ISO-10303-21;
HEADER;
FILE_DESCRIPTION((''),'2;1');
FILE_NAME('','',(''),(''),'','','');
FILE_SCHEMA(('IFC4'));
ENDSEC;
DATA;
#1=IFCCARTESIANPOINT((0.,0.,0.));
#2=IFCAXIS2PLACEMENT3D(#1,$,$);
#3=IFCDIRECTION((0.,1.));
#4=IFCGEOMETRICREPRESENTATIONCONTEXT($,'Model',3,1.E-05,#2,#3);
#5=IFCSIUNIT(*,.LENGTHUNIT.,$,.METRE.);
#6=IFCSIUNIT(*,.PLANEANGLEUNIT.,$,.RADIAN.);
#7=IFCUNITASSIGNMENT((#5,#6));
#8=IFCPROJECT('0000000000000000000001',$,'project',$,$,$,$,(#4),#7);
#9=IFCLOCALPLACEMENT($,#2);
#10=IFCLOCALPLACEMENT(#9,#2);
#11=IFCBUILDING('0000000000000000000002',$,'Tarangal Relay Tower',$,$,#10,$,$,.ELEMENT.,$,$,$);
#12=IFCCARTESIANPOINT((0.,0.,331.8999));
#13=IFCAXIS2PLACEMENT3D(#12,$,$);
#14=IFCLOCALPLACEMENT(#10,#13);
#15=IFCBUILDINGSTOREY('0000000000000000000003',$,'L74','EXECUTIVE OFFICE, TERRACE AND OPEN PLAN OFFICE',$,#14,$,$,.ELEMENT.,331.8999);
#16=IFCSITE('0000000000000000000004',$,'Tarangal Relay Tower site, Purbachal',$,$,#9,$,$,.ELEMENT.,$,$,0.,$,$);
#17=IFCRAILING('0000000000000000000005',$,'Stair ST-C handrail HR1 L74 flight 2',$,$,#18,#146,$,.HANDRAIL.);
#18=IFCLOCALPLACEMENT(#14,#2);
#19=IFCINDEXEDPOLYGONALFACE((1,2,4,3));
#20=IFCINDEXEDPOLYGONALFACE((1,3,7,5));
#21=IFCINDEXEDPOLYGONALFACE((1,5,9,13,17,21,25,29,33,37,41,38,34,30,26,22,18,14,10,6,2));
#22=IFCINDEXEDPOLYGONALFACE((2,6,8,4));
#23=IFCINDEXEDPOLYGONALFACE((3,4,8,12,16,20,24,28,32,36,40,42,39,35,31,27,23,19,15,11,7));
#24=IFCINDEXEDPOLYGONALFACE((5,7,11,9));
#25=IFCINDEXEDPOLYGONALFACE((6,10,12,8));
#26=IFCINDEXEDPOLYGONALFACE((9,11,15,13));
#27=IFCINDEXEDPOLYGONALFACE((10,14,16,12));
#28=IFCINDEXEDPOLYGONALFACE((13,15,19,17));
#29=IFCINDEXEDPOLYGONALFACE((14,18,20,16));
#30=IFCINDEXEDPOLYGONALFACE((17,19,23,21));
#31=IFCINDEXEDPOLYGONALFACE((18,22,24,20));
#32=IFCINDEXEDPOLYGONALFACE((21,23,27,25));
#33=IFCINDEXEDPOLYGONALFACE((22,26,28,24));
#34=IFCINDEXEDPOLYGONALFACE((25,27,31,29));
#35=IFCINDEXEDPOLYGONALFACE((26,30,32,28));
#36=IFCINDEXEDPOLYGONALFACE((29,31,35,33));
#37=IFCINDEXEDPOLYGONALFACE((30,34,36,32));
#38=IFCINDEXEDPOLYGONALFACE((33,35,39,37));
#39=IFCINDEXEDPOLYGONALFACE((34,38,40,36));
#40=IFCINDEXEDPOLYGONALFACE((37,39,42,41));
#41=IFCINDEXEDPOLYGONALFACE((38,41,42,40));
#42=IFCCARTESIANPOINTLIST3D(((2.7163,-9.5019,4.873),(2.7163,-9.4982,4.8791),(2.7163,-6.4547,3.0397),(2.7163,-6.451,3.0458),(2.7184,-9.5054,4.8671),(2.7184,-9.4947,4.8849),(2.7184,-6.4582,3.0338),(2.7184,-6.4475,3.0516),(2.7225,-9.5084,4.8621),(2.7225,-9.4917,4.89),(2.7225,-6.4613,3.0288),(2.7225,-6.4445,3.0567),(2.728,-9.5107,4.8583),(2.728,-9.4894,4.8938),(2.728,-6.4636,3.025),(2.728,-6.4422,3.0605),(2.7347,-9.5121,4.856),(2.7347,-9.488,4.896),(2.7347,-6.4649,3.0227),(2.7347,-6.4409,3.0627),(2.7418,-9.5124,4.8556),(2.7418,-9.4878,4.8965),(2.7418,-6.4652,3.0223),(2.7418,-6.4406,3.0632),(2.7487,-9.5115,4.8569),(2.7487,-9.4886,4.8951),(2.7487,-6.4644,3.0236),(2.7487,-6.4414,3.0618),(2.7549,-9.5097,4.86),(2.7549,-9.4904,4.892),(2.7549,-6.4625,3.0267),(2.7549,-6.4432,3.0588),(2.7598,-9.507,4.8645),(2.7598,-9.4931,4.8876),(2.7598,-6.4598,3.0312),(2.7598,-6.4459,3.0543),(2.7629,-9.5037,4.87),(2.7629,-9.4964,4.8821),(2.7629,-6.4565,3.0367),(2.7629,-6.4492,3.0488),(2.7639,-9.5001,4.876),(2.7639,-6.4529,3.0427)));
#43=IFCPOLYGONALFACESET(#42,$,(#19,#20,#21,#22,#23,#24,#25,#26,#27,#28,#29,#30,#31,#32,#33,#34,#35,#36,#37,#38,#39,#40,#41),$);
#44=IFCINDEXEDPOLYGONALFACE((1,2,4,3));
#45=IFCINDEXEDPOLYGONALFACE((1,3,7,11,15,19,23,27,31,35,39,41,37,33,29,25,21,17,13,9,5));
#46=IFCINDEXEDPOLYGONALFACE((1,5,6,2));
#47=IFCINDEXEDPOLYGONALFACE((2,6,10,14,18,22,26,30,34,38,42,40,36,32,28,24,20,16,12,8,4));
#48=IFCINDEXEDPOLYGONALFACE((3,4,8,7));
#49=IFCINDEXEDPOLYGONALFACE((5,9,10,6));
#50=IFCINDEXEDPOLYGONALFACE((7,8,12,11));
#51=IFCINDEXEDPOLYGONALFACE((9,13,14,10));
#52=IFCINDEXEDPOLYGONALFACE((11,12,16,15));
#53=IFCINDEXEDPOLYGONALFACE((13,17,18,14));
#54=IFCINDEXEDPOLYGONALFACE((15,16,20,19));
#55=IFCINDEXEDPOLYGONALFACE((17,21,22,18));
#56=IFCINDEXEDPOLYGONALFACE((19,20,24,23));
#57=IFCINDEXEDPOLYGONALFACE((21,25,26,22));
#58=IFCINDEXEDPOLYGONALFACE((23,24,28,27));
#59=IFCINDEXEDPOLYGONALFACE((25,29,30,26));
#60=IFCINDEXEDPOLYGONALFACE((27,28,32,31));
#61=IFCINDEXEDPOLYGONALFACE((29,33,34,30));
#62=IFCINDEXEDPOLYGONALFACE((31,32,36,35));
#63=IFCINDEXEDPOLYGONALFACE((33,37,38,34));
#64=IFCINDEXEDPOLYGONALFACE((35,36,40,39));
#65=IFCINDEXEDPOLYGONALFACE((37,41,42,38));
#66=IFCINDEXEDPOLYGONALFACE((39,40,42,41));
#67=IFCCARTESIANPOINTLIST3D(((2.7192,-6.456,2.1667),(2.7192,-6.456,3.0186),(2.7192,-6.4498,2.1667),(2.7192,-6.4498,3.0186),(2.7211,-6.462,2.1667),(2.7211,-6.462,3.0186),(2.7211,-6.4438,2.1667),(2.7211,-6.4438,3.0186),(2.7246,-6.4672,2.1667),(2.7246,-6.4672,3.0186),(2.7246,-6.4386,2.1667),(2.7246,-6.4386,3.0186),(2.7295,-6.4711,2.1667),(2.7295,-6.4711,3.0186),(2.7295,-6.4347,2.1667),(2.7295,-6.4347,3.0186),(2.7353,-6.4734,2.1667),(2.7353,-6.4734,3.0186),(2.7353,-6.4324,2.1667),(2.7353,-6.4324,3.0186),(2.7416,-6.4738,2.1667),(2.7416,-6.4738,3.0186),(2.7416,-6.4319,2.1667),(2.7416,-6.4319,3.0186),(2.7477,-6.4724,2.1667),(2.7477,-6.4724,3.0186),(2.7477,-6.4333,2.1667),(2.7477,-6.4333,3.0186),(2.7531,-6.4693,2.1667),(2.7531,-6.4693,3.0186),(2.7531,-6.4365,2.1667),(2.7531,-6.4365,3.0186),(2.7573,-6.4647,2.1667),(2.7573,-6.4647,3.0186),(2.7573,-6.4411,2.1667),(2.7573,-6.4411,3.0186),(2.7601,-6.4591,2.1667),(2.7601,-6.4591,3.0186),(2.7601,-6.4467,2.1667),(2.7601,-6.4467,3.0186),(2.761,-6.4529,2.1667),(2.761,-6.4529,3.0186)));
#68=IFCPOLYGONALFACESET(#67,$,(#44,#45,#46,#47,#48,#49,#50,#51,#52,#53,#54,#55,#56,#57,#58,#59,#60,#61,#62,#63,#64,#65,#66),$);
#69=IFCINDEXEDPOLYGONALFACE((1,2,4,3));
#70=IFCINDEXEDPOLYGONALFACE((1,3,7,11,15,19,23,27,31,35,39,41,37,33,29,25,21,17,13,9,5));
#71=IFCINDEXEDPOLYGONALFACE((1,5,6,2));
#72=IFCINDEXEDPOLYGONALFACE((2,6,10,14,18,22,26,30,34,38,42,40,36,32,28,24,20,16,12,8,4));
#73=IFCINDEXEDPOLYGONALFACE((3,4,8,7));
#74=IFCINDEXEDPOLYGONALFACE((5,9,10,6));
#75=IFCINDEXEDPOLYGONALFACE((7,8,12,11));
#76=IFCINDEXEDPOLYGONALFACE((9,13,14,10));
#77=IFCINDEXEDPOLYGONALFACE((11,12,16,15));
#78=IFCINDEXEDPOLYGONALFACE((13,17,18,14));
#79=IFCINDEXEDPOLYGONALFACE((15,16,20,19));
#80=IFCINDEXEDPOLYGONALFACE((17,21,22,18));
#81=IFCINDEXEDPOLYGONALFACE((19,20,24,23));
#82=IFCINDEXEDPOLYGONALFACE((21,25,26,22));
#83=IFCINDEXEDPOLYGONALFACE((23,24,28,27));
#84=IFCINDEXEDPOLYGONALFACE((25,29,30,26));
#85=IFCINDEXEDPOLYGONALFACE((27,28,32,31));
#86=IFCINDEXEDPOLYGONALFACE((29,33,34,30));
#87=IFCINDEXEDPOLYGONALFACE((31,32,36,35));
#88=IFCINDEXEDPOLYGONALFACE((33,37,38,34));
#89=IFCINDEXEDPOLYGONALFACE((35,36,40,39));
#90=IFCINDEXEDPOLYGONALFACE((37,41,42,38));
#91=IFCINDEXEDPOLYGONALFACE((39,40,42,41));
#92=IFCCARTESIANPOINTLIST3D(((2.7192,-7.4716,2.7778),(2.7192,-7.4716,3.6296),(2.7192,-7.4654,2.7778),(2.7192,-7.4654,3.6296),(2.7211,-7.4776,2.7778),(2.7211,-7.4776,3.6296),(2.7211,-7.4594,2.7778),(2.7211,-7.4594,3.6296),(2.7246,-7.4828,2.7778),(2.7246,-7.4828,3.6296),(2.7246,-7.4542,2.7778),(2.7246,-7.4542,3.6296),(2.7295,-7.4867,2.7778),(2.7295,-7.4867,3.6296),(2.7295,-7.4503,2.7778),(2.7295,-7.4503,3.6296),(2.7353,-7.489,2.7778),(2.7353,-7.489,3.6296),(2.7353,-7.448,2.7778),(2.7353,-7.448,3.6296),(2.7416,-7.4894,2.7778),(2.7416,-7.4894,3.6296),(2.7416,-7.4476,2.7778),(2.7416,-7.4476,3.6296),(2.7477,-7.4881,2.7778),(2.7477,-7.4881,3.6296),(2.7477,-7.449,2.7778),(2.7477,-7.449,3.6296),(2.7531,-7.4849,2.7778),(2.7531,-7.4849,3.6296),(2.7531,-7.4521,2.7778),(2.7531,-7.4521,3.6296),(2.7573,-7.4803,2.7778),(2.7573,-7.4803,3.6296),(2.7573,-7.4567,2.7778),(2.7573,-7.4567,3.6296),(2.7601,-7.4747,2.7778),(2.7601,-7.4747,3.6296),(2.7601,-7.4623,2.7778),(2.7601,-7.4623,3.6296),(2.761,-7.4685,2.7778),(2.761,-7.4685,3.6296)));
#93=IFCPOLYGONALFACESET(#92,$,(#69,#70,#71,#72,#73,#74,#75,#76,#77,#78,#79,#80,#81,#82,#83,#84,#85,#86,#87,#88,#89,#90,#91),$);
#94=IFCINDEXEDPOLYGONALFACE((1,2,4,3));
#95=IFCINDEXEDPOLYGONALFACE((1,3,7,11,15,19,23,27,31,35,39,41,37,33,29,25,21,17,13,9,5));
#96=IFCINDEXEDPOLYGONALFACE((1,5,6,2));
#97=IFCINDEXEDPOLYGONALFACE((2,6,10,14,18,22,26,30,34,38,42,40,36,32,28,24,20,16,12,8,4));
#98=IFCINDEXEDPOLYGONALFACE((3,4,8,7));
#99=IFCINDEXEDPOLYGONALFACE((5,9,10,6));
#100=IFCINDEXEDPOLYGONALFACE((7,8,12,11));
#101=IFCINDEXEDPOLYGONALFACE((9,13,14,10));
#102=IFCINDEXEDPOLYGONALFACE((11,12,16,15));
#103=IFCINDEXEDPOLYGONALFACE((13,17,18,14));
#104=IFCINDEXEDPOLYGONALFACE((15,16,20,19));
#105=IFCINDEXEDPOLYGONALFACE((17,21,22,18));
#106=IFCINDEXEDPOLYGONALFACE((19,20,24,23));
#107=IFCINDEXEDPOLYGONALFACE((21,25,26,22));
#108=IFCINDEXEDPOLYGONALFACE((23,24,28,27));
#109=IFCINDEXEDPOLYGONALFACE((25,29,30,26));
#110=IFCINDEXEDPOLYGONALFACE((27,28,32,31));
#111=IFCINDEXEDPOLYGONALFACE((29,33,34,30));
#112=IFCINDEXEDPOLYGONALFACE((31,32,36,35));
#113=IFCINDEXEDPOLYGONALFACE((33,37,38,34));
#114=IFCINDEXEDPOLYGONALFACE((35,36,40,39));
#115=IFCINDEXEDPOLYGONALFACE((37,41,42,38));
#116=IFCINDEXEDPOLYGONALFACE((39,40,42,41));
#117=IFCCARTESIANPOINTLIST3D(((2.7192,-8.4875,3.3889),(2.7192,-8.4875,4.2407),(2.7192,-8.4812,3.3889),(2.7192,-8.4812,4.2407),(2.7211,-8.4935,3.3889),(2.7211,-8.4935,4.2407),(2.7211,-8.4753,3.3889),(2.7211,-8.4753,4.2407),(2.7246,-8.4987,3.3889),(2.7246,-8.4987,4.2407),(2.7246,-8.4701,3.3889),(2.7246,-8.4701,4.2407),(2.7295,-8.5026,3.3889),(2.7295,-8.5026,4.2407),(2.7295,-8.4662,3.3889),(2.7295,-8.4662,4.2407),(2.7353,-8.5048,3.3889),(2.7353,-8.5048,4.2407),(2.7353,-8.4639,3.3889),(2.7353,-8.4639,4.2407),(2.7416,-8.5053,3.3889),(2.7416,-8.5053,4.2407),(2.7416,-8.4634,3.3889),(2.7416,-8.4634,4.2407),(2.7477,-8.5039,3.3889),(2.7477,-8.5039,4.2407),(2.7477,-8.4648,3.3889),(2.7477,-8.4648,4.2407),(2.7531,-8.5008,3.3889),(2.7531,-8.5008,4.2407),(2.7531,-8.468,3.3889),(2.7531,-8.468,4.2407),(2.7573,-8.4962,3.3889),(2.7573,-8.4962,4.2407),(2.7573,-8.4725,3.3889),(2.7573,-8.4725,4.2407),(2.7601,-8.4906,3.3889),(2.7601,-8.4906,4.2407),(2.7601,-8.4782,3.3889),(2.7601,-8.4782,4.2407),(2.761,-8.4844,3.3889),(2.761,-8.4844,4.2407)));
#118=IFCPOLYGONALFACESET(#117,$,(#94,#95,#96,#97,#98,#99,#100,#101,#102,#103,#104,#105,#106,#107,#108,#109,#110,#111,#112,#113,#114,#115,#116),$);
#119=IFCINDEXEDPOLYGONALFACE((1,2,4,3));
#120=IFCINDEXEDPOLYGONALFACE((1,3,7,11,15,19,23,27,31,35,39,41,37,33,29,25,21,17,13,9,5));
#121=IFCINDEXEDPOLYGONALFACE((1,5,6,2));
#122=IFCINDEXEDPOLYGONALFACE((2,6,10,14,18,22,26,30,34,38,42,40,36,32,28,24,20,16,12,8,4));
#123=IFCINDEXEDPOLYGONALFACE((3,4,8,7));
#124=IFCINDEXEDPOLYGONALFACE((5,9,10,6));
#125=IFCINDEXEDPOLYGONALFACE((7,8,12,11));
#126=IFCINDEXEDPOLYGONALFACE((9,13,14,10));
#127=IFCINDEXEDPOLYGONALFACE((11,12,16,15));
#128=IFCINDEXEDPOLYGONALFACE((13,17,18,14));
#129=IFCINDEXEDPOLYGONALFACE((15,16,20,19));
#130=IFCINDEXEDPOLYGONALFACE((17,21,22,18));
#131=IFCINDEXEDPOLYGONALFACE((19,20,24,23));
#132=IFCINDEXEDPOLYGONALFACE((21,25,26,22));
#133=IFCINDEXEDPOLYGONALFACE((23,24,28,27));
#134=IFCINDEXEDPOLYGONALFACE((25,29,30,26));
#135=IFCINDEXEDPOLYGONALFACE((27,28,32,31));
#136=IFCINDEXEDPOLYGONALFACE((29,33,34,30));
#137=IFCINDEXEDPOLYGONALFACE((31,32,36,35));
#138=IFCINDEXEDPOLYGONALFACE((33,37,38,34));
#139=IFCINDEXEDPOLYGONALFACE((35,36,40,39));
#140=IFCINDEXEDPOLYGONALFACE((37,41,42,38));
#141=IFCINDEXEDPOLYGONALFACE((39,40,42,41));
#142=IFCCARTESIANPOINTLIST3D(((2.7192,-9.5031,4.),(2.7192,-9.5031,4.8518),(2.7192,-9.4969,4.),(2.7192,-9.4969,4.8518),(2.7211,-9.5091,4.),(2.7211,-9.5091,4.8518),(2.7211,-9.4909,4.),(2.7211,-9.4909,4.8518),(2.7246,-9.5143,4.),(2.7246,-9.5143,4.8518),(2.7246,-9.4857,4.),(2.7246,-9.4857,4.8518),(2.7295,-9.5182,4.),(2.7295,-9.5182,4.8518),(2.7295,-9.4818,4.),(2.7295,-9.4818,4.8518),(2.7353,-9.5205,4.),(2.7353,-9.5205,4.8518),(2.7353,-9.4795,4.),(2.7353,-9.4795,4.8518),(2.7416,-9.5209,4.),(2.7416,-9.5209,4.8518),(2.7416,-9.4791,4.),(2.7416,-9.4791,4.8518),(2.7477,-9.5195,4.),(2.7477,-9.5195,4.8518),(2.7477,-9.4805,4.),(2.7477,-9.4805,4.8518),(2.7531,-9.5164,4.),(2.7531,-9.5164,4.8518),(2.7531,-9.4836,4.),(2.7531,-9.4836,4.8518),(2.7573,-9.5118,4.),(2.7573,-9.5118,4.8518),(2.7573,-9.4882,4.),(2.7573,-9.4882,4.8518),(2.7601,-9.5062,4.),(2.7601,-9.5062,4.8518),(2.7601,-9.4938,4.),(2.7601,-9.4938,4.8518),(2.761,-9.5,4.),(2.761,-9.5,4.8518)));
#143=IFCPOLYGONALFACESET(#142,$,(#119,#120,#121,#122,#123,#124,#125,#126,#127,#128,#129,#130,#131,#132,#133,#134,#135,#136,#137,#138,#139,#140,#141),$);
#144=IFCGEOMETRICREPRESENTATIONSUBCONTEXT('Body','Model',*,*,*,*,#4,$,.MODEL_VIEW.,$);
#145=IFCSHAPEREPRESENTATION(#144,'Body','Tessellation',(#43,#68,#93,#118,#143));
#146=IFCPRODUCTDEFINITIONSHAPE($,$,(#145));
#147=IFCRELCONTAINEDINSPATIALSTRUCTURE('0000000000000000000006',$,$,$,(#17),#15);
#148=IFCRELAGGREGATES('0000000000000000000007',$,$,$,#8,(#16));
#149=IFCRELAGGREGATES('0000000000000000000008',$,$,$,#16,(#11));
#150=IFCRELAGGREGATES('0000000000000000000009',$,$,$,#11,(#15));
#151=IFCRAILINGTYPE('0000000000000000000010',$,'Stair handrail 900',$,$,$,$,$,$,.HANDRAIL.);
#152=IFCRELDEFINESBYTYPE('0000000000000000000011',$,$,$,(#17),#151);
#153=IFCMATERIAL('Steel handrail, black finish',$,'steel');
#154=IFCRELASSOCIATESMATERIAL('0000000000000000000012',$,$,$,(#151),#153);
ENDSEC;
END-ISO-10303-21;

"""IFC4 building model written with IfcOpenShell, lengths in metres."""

from ifc_helpers import new_model, si_unit, direction, frame, origin, origin_2d, place, context, subcontext, project, spatial, circle, extrude, material, type_object, element, save


model = new_model("IFC4")

# Units and contexts
model_context = context("Model", 3, precision=1e-05, world=origin(), true_north=direction((0.0, 1.0)))
body_context = subcontext(model_context, "Body", "Model", "MODEL_VIEW")
ifc_project = project(units=[si_unit("LENGTHUNIT", "METRE"), si_unit("PLANEANGLEUNIT", "RADIAN")], contexts=[model_context])

# Site, building, storey
site_placement = place(None, origin())
site = spatial("IfcSite", under=ifc_project, at=site_placement, Name="Tarangal Relay Tower site, Purbachal", CompositionType="ELEMENT", RefElevation=0.0)
building_placement = place(site_placement, origin())
building = spatial("IfcBuilding", under=site, at=building_placement, Name="Tarangal Relay Tower", CompositionType="ELEMENT")
storey_placement = place(building_placement, frame((0.0, 0.0, 331.8999)))
storey = spatial("IfcBuildingStorey", under=building, at=storey_placement, Name="L74", Description="EXECUTIVE OFFICE, TERRACE AND OPEN PLAN OFFICE", CompositionType="ELEMENT", Elevation=331.8999)

# Railing
ifc_material_1 = material(Name="Steel handrail, black finish", Category="steel")
railing_type_1 = type_object("IfcRailingType", Name="Stair handrail 900", PredefinedType="HANDRAIL", material=ifc_material_1)
railing_1_placement = place(storey_placement, frame((2.74, -6.4529, 2.1667)))
element("IfcRailing", 1, at=railing_1_placement, inside=storey, type_object=railing_type_1, Name="Stair ST-C handrail HR1 L74 flight 2", PredefinedType="HANDRAIL", context=body_context, shape_type="SweptSolid", body=[
    extrude(circle(Radius=0.0239, at=origin_2d()), frame((0.0, 0.0, 0.876), z_axis=(0.0, -0.856874, 0.515525), x_axis=(1.0, 0.0, 0.0)), (0.0, 0.0, 1.0), 3.5562),
    extrude(circle(Radius=0.021, at=origin_2d()), origin(), (0.0, 0.0, 1.0), 0.8518),
    extrude(circle(Radius=0.021, at=origin_2d()), frame((0.0, -1.0156, 0.6111)), (0.0, 0.0, 1.0), 0.8518),
    extrude(circle(Radius=0.021, at=origin_2d()), frame((0.0, -2.0315, 1.2222)), (0.0, 0.0, 1.0), 0.8518),
    extrude(circle(Radius=0.021, at=origin_2d()), frame((0.0, -3.0471, 1.8333)), (0.0, 0.0, 1.0), 0.8518),
])

save(model, "model.ifc")
